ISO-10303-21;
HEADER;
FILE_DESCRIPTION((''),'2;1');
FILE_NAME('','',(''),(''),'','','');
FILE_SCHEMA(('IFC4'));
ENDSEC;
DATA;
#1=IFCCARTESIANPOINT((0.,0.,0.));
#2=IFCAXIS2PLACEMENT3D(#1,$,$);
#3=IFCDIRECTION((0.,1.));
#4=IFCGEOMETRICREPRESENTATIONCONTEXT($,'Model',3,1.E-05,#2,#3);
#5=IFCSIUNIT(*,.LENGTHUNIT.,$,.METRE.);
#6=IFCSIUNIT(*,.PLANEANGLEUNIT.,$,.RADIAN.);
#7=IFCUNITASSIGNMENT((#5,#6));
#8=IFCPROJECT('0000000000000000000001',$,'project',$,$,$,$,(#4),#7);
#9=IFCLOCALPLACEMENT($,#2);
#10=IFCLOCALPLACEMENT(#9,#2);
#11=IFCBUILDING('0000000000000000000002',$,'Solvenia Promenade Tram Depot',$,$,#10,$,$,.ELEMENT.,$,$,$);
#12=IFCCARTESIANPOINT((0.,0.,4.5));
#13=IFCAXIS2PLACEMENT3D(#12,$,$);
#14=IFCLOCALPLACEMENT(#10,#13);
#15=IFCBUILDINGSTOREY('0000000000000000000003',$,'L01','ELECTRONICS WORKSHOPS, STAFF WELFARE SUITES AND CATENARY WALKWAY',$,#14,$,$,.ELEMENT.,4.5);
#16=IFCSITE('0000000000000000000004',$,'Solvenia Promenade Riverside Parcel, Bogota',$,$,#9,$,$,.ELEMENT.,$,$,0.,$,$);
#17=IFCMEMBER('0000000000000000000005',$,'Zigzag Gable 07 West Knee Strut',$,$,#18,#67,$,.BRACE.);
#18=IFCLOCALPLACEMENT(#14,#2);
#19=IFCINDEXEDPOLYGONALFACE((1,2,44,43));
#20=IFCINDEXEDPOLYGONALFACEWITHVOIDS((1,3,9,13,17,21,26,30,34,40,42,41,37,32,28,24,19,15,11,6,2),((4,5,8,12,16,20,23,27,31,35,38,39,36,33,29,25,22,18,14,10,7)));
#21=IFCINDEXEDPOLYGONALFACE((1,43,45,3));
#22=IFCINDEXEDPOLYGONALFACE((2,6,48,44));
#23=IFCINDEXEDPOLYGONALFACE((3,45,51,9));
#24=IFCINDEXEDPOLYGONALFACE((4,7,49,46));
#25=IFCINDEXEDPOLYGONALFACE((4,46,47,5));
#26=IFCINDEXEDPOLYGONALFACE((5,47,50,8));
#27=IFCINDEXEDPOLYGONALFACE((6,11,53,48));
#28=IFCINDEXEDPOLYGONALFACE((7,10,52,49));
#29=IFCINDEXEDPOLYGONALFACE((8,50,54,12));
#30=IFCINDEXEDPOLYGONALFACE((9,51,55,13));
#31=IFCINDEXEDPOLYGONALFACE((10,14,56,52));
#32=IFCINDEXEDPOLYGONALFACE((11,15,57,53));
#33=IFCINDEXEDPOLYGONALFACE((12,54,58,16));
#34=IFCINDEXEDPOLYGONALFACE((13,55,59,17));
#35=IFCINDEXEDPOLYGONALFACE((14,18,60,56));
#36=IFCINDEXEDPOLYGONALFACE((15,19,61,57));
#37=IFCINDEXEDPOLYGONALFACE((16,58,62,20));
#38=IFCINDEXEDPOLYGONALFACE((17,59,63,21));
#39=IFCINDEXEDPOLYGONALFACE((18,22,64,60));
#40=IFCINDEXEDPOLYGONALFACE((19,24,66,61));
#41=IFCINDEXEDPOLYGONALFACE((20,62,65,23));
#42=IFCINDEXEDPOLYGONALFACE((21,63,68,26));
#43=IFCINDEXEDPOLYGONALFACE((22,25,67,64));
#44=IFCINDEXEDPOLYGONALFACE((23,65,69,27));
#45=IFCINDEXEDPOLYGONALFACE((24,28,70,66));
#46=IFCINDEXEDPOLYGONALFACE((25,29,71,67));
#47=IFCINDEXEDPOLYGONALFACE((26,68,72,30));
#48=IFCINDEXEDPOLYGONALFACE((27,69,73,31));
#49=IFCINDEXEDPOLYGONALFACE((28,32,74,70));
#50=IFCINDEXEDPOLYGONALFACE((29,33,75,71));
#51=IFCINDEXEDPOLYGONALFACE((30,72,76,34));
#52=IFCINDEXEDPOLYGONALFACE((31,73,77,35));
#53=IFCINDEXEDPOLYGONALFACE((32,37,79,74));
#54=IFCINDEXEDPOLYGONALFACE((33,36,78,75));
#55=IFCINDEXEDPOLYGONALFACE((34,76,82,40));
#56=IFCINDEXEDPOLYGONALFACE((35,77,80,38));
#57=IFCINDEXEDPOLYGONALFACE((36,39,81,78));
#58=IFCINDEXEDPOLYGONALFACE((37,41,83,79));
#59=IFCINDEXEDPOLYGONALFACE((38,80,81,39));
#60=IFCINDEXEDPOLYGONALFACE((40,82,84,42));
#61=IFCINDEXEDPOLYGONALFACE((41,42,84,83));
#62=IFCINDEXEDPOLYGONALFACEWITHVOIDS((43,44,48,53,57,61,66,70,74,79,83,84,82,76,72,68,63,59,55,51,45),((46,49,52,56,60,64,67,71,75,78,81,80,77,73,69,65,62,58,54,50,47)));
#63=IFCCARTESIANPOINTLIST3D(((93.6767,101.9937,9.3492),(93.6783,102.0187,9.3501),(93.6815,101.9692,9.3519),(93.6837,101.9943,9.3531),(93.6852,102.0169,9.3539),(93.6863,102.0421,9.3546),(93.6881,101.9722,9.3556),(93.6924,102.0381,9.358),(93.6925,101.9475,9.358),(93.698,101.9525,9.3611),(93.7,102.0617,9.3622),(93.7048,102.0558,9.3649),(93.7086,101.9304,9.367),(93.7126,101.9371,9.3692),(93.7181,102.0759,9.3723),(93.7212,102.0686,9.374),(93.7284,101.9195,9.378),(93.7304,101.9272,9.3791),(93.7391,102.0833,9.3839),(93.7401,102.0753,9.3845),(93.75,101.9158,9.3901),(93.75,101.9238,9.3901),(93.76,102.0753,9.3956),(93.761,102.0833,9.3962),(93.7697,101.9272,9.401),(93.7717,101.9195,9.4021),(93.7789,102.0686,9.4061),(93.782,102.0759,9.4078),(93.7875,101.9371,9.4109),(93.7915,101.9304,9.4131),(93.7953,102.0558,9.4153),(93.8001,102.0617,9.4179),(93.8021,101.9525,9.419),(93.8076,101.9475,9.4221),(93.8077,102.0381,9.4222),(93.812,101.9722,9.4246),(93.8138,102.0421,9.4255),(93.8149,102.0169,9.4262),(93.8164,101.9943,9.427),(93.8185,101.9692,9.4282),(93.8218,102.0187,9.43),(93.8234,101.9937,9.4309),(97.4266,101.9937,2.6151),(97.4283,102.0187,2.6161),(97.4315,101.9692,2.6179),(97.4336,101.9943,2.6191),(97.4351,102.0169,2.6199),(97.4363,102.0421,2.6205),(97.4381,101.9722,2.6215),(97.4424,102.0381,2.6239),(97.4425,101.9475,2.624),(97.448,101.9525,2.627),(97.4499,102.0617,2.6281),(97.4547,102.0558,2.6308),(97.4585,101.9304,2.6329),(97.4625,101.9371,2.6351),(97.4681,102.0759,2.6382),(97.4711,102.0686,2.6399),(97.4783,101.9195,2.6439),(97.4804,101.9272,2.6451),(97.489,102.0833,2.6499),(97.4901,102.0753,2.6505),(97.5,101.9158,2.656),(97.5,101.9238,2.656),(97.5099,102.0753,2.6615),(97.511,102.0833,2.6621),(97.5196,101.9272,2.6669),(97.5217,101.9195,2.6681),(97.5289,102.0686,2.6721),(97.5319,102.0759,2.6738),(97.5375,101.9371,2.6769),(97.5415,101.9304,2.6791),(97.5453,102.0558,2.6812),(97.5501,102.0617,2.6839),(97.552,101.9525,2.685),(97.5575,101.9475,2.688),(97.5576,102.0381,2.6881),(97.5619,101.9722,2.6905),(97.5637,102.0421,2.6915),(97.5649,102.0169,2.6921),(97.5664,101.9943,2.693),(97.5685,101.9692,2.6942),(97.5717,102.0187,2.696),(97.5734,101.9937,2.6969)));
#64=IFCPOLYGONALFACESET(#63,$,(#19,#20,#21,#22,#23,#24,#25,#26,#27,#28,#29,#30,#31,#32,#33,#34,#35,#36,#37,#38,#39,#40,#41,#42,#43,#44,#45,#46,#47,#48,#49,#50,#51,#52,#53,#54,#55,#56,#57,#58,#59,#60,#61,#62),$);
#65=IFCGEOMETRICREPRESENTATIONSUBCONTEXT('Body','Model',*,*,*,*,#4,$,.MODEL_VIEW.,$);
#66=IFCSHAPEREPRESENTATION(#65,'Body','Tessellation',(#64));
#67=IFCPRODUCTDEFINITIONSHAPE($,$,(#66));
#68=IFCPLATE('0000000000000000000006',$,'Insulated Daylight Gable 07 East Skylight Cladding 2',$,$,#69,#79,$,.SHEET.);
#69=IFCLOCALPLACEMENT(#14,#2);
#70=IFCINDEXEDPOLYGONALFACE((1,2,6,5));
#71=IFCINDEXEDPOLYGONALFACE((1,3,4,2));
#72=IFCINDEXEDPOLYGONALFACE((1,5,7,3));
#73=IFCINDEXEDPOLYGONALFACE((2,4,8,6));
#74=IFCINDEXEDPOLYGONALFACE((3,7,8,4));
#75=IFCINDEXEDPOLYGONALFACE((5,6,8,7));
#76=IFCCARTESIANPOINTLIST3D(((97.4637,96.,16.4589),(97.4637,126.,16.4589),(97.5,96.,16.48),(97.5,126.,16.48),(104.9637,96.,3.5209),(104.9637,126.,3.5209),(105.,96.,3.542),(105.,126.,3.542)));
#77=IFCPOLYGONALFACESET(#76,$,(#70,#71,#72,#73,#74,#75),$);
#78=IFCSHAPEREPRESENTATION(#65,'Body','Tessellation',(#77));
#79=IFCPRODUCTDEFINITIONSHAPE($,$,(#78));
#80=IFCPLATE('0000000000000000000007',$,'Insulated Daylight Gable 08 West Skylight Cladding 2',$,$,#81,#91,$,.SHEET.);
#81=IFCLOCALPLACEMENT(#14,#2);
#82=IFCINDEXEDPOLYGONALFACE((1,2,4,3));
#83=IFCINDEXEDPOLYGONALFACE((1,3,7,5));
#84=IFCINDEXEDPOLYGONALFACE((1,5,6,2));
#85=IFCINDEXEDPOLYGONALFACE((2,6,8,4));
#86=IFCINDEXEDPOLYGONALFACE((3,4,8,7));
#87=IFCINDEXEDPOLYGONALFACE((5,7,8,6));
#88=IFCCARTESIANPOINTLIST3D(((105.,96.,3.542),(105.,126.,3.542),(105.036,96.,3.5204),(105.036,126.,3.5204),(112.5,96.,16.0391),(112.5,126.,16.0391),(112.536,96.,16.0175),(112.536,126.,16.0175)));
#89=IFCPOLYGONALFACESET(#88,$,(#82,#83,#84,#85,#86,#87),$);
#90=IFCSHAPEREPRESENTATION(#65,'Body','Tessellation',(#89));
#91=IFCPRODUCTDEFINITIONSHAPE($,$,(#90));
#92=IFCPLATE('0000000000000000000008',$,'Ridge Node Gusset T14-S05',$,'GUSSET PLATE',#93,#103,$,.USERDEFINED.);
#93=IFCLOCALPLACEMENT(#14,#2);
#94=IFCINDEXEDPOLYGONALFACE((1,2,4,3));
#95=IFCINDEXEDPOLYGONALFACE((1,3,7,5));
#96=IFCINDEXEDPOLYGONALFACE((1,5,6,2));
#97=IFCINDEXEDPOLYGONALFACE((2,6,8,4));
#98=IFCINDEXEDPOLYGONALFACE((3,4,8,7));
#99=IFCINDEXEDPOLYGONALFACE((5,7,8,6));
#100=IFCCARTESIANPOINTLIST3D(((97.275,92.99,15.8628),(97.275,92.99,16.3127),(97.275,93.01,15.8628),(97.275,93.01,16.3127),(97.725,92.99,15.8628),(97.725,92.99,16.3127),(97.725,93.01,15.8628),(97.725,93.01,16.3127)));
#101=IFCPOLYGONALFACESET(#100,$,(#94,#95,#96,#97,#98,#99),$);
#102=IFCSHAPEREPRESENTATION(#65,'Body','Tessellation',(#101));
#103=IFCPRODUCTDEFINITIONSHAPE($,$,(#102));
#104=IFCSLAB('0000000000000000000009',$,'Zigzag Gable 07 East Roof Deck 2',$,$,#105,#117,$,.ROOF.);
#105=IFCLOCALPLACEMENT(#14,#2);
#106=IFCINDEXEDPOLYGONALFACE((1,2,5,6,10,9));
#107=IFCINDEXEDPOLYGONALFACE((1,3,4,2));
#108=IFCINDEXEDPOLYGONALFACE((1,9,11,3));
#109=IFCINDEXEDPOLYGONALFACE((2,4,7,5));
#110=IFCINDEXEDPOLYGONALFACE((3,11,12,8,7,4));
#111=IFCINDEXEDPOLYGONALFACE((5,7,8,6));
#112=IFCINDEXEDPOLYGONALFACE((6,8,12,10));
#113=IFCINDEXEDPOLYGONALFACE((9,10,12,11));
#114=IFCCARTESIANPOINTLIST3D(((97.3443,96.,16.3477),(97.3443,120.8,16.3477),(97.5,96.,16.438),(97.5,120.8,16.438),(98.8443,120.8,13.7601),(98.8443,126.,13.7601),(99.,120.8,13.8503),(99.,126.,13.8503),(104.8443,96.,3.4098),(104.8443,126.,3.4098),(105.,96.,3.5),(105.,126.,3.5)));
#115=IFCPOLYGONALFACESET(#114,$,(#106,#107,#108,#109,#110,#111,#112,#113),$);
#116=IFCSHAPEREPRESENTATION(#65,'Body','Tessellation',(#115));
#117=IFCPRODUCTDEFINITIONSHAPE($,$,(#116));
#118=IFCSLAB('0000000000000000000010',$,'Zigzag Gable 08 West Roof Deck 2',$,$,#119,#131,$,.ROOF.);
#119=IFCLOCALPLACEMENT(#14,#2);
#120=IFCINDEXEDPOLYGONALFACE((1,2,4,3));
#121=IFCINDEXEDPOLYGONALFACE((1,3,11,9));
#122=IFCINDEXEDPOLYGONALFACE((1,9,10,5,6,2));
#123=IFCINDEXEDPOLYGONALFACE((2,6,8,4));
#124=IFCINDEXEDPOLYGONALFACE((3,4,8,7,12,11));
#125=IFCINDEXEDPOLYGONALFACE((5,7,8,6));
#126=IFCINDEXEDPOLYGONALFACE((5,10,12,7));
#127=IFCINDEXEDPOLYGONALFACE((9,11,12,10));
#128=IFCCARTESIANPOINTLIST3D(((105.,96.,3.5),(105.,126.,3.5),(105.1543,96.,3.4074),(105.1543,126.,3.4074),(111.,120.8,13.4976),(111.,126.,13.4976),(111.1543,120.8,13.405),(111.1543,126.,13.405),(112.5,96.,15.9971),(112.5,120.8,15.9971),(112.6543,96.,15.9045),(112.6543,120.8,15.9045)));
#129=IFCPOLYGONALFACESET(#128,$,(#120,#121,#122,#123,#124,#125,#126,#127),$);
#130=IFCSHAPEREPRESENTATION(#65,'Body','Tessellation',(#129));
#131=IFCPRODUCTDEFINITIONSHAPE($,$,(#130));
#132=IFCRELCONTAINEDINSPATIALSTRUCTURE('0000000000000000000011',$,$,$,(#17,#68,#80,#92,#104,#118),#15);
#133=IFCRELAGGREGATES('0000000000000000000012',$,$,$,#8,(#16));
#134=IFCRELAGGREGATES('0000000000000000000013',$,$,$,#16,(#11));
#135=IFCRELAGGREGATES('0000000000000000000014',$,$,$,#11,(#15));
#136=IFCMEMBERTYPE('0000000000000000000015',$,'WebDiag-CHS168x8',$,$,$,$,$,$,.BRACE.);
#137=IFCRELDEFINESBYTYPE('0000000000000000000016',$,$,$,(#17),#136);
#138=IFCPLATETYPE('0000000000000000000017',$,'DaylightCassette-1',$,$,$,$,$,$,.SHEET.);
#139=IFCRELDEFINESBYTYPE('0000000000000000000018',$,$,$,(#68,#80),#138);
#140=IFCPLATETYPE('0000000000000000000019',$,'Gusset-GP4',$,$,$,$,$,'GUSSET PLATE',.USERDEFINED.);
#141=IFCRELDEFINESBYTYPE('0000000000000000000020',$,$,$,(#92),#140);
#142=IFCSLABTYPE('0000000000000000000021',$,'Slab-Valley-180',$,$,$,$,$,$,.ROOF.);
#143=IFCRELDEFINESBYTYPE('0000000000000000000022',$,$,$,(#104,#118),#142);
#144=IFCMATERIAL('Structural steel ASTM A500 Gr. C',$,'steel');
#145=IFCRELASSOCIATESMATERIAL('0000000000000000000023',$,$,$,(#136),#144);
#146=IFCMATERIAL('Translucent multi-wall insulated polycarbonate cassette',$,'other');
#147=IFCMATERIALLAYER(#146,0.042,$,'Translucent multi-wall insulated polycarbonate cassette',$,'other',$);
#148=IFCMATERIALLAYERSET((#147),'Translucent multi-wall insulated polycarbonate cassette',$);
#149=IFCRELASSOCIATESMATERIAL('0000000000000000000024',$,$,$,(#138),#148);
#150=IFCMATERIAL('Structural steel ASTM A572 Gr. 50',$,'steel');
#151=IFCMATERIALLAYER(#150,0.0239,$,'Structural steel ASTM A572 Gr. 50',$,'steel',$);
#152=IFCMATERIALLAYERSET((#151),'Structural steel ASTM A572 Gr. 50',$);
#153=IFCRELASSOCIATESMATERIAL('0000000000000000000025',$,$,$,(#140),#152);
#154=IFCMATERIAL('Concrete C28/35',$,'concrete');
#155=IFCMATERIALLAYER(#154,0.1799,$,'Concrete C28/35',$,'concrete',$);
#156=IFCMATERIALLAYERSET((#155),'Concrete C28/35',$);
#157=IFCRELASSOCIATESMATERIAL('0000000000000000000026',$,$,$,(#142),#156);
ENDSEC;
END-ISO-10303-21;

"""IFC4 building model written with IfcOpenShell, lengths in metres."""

from ifc_helpers import new_model, si_unit, direction, frame, origin, origin_2d, place, context, subcontext, project, spatial, polyline, rectangle, hollow_circle, outline, extrude, material, layer, layer_set, material_profile, profile_set, type_object, element, save


model = new_model("IFC4")

# Units and contexts
model_context = context("Model", 3, precision=1e-05, world=origin(), true_north=direction((0.0, 1.0)))
body_context = subcontext(model_context, "Body", "Model", "MODEL_VIEW")
ifc_project = project(units=[si_unit("LENGTHUNIT", "METRE"), si_unit("PLANEANGLEUNIT", "RADIAN")], contexts=[model_context])

# Site, building, storey
site_placement = place(None, origin())
site = spatial("IfcSite", under=ifc_project, at=site_placement, Name="Solvenia Promenade Riverside Parcel, Bogota", CompositionType="ELEMENT", RefElevation=0.0)
building_placement = place(site_placement, origin())
building = spatial("IfcBuilding", under=site, at=building_placement, Name="Solvenia Promenade Tram Depot", CompositionType="ELEMENT")
storey_placement = place(building_placement, frame((0.0, 0.0, 4.5)))
storey = spatial("IfcBuildingStorey", under=building, at=storey_placement, Name="L01", Description="ELECTRONICS WORKSHOPS, STAFF WELFARE SUITES AND CATENARY WALKWAY", CompositionType="ELEMENT", Elevation=4.5)

# Shared definitions
ifc_material_1 = material(Name="Structural steel ASTM A500 Gr. C", Category="steel")

# Member
ifc_material_profile_1 = material_profile(ifc_material_1, hollow_circle(Radius=0.0842, WallThickness=0.0081, at=origin_2d()), Name="CHS168.3x8", Category="steel")
ifc_profile_set_1 = profile_set([ifc_material_profile_1], Name="Structural steel ASTM A500 Gr. C")
member_type_1 = type_object("IfcMemberType", Name="WebDiag-CHS168x8", PredefinedType="BRACE", material=ifc_profile_set_1)
member_1_placement = place(storey_placement, frame((97.5, 102.0, 2.656), z_axis=(-0.486517, 0.0, 0.873671), x_axis=(0.0, -1.0, 0.0)))
element("IfcMember", 1, at=member_1_placement, inside=storey, type_object=member_type_1, Name="Zigzag Gable 07 West Knee Strut", PredefinedType="BRACE", context=body_context, shape_type="SweptSolid", body=[
    extrude(hollow_circle(Radius=0.0842, WallThickness=0.0081, at=origin_2d()), origin(), (0.0, 0.0, 1.0), 7.7078),
])

# Plates
ifc_material_2 = material(Name="Translucent multi-wall insulated polycarbonate cassette", Category="other")
ifc_layer_1 = layer(ifc_material_2, 0.042, Name="Translucent multi-wall insulated polycarbonate cassette", Category="other")
ifc_layer_set_1 = layer_set([ifc_layer_1], Name="Translucent multi-wall insulated polycarbonate cassette")
plate_type_1 = type_object("IfcPlateType", Name="DaylightCassette-1", PredefinedType="SHEET", material=ifc_layer_set_1)
plate_1_placement = place(storey_placement, frame((97.5, 96.0, 16.48), z_axis=(0.865148, 0.0, 0.501516), x_axis=(0.0, 1.0, 0.0)))
element("IfcPlate", 2, at=plate_1_placement, inside=storey, type_object=plate_type_1, Name="Insulated Daylight Gable 07 East Skylight Cladding 2", PredefinedType="SHEET", context=body_context, shape_type="SweptSolid", body=[
    extrude(outline(polyline([(0.0, 0.0), (30.0, 0.0), (30.0, -14.9546), (0.0, -14.9546), (0.0, 0.0)])), origin(), (0.0, 0.0, -1.0), 0.042),
])
plate_2_placement = place(storey_placement, frame((105.0, 96.0, 3.542), z_axis=(-0.85744, 0.0, 0.514584), x_axis=(0.0, 1.0, 0.0)))
element("IfcPlate", 3, at=plate_2_placement, inside=storey, type_object=plate_type_1, Name="Insulated Daylight Gable 08 West Skylight Cladding 2", PredefinedType="SHEET", context=body_context, shape_type="SweptSolid", body=[
    extrude(outline(polyline([(0.0, 0.0), (30.0, 0.0), (30.0, -14.5749), (0.0, -14.5749), (0.0, 0.0)])), origin(), (0.0, 0.0, -1.0), 0.042),
])
ifc_material_3 = material(Name="Structural steel ASTM A572 Gr. 50", Category="steel")
ifc_layer_2 = layer(ifc_material_3, 0.0239, Name="Structural steel ASTM A572 Gr. 50", Category="steel")
ifc_layer_set_2 = layer_set([ifc_layer_2], Name="Structural steel ASTM A572 Gr. 50")
plate_type_2 = type_object("IfcPlateType", Name="Gusset-GP4", ElementType="GUSSET PLATE", PredefinedType="USERDEFINED", material=ifc_layer_set_2)
plate_3_placement = place(storey_placement, frame((97.5, 93.0, 15.8628), z_axis=(0.0, 0.0, 1.0), x_axis=(1.0, 0.0, 0.0)))
element("IfcPlate", 4, at=plate_3_placement, inside=storey, type_object=plate_type_2, Name="Ridge Node Gusset T14-S05", ObjectType="GUSSET PLATE", PredefinedType="USERDEFINED", context=body_context, shape_type="SweptSolid", body=[
    extrude(rectangle(XDim=0.45, YDim=0.02, at=origin_2d()), origin(), (0.0, 0.0, 1.0), 0.45),
])

# Slabs
ifc_material_4 = material(Name="Concrete C28/35", Category="concrete")
ifc_layer_3 = layer(ifc_material_4, 0.1799, Name="Concrete C28/35", Category="concrete")
ifc_layer_set_3 = layer_set([ifc_layer_3], Name="Concrete C28/35")
slab_type = type_object("IfcSlabType", Name="Slab-Valley-180", PredefinedType="ROOF", material=ifc_layer_set_3)
slab_1_placement = place(storey_placement, frame((97.5, 96.0, 16.438), z_axis=(0.865148, 0.0, 0.501517), x_axis=(0.0, 1.0, 0.0)))
element("IfcSlab", 5, at=slab_1_placement, inside=storey, type_object=slab_type, Name="Zigzag Gable 07 East Roof Deck 2", PredefinedType="ROOF", context=body_context, shape_type="SweptSolid", body=[
    extrude(outline(polyline([(0.0, 0.0), (24.8, 0.0), (24.8, -2.991), (30.0, -2.991), (30.0, -14.9546), (0.0, -14.9546), (0.0, 0.0)])), origin(), (0.0, 0.0, -1.0), 0.1799),
])
slab_2_placement = place(storey_placement, frame((105.0, 96.0, 3.5), z_axis=(-0.857439, 0.000001, 0.514585), x_axis=(0.000001, 1.0, 0.0)))
element("IfcSlab", 6, at=slab_2_placement, inside=storey, type_object=slab_type, Name="Zigzag Gable 08 West Roof Deck 2", PredefinedType="ROOF", context=body_context, shape_type="SweptSolid", body=[
    extrude(outline(polyline([(0.0, 0.0), (30.0, 0.0), (30.0, -11.6598), (24.8, -11.6598), (24.8, -14.5749), (0.0, -14.5749), (0.0, 0.0)])), origin(), (0.0, 0.0, -1.0), 0.1799),
])

save(model, "model.ifc")
